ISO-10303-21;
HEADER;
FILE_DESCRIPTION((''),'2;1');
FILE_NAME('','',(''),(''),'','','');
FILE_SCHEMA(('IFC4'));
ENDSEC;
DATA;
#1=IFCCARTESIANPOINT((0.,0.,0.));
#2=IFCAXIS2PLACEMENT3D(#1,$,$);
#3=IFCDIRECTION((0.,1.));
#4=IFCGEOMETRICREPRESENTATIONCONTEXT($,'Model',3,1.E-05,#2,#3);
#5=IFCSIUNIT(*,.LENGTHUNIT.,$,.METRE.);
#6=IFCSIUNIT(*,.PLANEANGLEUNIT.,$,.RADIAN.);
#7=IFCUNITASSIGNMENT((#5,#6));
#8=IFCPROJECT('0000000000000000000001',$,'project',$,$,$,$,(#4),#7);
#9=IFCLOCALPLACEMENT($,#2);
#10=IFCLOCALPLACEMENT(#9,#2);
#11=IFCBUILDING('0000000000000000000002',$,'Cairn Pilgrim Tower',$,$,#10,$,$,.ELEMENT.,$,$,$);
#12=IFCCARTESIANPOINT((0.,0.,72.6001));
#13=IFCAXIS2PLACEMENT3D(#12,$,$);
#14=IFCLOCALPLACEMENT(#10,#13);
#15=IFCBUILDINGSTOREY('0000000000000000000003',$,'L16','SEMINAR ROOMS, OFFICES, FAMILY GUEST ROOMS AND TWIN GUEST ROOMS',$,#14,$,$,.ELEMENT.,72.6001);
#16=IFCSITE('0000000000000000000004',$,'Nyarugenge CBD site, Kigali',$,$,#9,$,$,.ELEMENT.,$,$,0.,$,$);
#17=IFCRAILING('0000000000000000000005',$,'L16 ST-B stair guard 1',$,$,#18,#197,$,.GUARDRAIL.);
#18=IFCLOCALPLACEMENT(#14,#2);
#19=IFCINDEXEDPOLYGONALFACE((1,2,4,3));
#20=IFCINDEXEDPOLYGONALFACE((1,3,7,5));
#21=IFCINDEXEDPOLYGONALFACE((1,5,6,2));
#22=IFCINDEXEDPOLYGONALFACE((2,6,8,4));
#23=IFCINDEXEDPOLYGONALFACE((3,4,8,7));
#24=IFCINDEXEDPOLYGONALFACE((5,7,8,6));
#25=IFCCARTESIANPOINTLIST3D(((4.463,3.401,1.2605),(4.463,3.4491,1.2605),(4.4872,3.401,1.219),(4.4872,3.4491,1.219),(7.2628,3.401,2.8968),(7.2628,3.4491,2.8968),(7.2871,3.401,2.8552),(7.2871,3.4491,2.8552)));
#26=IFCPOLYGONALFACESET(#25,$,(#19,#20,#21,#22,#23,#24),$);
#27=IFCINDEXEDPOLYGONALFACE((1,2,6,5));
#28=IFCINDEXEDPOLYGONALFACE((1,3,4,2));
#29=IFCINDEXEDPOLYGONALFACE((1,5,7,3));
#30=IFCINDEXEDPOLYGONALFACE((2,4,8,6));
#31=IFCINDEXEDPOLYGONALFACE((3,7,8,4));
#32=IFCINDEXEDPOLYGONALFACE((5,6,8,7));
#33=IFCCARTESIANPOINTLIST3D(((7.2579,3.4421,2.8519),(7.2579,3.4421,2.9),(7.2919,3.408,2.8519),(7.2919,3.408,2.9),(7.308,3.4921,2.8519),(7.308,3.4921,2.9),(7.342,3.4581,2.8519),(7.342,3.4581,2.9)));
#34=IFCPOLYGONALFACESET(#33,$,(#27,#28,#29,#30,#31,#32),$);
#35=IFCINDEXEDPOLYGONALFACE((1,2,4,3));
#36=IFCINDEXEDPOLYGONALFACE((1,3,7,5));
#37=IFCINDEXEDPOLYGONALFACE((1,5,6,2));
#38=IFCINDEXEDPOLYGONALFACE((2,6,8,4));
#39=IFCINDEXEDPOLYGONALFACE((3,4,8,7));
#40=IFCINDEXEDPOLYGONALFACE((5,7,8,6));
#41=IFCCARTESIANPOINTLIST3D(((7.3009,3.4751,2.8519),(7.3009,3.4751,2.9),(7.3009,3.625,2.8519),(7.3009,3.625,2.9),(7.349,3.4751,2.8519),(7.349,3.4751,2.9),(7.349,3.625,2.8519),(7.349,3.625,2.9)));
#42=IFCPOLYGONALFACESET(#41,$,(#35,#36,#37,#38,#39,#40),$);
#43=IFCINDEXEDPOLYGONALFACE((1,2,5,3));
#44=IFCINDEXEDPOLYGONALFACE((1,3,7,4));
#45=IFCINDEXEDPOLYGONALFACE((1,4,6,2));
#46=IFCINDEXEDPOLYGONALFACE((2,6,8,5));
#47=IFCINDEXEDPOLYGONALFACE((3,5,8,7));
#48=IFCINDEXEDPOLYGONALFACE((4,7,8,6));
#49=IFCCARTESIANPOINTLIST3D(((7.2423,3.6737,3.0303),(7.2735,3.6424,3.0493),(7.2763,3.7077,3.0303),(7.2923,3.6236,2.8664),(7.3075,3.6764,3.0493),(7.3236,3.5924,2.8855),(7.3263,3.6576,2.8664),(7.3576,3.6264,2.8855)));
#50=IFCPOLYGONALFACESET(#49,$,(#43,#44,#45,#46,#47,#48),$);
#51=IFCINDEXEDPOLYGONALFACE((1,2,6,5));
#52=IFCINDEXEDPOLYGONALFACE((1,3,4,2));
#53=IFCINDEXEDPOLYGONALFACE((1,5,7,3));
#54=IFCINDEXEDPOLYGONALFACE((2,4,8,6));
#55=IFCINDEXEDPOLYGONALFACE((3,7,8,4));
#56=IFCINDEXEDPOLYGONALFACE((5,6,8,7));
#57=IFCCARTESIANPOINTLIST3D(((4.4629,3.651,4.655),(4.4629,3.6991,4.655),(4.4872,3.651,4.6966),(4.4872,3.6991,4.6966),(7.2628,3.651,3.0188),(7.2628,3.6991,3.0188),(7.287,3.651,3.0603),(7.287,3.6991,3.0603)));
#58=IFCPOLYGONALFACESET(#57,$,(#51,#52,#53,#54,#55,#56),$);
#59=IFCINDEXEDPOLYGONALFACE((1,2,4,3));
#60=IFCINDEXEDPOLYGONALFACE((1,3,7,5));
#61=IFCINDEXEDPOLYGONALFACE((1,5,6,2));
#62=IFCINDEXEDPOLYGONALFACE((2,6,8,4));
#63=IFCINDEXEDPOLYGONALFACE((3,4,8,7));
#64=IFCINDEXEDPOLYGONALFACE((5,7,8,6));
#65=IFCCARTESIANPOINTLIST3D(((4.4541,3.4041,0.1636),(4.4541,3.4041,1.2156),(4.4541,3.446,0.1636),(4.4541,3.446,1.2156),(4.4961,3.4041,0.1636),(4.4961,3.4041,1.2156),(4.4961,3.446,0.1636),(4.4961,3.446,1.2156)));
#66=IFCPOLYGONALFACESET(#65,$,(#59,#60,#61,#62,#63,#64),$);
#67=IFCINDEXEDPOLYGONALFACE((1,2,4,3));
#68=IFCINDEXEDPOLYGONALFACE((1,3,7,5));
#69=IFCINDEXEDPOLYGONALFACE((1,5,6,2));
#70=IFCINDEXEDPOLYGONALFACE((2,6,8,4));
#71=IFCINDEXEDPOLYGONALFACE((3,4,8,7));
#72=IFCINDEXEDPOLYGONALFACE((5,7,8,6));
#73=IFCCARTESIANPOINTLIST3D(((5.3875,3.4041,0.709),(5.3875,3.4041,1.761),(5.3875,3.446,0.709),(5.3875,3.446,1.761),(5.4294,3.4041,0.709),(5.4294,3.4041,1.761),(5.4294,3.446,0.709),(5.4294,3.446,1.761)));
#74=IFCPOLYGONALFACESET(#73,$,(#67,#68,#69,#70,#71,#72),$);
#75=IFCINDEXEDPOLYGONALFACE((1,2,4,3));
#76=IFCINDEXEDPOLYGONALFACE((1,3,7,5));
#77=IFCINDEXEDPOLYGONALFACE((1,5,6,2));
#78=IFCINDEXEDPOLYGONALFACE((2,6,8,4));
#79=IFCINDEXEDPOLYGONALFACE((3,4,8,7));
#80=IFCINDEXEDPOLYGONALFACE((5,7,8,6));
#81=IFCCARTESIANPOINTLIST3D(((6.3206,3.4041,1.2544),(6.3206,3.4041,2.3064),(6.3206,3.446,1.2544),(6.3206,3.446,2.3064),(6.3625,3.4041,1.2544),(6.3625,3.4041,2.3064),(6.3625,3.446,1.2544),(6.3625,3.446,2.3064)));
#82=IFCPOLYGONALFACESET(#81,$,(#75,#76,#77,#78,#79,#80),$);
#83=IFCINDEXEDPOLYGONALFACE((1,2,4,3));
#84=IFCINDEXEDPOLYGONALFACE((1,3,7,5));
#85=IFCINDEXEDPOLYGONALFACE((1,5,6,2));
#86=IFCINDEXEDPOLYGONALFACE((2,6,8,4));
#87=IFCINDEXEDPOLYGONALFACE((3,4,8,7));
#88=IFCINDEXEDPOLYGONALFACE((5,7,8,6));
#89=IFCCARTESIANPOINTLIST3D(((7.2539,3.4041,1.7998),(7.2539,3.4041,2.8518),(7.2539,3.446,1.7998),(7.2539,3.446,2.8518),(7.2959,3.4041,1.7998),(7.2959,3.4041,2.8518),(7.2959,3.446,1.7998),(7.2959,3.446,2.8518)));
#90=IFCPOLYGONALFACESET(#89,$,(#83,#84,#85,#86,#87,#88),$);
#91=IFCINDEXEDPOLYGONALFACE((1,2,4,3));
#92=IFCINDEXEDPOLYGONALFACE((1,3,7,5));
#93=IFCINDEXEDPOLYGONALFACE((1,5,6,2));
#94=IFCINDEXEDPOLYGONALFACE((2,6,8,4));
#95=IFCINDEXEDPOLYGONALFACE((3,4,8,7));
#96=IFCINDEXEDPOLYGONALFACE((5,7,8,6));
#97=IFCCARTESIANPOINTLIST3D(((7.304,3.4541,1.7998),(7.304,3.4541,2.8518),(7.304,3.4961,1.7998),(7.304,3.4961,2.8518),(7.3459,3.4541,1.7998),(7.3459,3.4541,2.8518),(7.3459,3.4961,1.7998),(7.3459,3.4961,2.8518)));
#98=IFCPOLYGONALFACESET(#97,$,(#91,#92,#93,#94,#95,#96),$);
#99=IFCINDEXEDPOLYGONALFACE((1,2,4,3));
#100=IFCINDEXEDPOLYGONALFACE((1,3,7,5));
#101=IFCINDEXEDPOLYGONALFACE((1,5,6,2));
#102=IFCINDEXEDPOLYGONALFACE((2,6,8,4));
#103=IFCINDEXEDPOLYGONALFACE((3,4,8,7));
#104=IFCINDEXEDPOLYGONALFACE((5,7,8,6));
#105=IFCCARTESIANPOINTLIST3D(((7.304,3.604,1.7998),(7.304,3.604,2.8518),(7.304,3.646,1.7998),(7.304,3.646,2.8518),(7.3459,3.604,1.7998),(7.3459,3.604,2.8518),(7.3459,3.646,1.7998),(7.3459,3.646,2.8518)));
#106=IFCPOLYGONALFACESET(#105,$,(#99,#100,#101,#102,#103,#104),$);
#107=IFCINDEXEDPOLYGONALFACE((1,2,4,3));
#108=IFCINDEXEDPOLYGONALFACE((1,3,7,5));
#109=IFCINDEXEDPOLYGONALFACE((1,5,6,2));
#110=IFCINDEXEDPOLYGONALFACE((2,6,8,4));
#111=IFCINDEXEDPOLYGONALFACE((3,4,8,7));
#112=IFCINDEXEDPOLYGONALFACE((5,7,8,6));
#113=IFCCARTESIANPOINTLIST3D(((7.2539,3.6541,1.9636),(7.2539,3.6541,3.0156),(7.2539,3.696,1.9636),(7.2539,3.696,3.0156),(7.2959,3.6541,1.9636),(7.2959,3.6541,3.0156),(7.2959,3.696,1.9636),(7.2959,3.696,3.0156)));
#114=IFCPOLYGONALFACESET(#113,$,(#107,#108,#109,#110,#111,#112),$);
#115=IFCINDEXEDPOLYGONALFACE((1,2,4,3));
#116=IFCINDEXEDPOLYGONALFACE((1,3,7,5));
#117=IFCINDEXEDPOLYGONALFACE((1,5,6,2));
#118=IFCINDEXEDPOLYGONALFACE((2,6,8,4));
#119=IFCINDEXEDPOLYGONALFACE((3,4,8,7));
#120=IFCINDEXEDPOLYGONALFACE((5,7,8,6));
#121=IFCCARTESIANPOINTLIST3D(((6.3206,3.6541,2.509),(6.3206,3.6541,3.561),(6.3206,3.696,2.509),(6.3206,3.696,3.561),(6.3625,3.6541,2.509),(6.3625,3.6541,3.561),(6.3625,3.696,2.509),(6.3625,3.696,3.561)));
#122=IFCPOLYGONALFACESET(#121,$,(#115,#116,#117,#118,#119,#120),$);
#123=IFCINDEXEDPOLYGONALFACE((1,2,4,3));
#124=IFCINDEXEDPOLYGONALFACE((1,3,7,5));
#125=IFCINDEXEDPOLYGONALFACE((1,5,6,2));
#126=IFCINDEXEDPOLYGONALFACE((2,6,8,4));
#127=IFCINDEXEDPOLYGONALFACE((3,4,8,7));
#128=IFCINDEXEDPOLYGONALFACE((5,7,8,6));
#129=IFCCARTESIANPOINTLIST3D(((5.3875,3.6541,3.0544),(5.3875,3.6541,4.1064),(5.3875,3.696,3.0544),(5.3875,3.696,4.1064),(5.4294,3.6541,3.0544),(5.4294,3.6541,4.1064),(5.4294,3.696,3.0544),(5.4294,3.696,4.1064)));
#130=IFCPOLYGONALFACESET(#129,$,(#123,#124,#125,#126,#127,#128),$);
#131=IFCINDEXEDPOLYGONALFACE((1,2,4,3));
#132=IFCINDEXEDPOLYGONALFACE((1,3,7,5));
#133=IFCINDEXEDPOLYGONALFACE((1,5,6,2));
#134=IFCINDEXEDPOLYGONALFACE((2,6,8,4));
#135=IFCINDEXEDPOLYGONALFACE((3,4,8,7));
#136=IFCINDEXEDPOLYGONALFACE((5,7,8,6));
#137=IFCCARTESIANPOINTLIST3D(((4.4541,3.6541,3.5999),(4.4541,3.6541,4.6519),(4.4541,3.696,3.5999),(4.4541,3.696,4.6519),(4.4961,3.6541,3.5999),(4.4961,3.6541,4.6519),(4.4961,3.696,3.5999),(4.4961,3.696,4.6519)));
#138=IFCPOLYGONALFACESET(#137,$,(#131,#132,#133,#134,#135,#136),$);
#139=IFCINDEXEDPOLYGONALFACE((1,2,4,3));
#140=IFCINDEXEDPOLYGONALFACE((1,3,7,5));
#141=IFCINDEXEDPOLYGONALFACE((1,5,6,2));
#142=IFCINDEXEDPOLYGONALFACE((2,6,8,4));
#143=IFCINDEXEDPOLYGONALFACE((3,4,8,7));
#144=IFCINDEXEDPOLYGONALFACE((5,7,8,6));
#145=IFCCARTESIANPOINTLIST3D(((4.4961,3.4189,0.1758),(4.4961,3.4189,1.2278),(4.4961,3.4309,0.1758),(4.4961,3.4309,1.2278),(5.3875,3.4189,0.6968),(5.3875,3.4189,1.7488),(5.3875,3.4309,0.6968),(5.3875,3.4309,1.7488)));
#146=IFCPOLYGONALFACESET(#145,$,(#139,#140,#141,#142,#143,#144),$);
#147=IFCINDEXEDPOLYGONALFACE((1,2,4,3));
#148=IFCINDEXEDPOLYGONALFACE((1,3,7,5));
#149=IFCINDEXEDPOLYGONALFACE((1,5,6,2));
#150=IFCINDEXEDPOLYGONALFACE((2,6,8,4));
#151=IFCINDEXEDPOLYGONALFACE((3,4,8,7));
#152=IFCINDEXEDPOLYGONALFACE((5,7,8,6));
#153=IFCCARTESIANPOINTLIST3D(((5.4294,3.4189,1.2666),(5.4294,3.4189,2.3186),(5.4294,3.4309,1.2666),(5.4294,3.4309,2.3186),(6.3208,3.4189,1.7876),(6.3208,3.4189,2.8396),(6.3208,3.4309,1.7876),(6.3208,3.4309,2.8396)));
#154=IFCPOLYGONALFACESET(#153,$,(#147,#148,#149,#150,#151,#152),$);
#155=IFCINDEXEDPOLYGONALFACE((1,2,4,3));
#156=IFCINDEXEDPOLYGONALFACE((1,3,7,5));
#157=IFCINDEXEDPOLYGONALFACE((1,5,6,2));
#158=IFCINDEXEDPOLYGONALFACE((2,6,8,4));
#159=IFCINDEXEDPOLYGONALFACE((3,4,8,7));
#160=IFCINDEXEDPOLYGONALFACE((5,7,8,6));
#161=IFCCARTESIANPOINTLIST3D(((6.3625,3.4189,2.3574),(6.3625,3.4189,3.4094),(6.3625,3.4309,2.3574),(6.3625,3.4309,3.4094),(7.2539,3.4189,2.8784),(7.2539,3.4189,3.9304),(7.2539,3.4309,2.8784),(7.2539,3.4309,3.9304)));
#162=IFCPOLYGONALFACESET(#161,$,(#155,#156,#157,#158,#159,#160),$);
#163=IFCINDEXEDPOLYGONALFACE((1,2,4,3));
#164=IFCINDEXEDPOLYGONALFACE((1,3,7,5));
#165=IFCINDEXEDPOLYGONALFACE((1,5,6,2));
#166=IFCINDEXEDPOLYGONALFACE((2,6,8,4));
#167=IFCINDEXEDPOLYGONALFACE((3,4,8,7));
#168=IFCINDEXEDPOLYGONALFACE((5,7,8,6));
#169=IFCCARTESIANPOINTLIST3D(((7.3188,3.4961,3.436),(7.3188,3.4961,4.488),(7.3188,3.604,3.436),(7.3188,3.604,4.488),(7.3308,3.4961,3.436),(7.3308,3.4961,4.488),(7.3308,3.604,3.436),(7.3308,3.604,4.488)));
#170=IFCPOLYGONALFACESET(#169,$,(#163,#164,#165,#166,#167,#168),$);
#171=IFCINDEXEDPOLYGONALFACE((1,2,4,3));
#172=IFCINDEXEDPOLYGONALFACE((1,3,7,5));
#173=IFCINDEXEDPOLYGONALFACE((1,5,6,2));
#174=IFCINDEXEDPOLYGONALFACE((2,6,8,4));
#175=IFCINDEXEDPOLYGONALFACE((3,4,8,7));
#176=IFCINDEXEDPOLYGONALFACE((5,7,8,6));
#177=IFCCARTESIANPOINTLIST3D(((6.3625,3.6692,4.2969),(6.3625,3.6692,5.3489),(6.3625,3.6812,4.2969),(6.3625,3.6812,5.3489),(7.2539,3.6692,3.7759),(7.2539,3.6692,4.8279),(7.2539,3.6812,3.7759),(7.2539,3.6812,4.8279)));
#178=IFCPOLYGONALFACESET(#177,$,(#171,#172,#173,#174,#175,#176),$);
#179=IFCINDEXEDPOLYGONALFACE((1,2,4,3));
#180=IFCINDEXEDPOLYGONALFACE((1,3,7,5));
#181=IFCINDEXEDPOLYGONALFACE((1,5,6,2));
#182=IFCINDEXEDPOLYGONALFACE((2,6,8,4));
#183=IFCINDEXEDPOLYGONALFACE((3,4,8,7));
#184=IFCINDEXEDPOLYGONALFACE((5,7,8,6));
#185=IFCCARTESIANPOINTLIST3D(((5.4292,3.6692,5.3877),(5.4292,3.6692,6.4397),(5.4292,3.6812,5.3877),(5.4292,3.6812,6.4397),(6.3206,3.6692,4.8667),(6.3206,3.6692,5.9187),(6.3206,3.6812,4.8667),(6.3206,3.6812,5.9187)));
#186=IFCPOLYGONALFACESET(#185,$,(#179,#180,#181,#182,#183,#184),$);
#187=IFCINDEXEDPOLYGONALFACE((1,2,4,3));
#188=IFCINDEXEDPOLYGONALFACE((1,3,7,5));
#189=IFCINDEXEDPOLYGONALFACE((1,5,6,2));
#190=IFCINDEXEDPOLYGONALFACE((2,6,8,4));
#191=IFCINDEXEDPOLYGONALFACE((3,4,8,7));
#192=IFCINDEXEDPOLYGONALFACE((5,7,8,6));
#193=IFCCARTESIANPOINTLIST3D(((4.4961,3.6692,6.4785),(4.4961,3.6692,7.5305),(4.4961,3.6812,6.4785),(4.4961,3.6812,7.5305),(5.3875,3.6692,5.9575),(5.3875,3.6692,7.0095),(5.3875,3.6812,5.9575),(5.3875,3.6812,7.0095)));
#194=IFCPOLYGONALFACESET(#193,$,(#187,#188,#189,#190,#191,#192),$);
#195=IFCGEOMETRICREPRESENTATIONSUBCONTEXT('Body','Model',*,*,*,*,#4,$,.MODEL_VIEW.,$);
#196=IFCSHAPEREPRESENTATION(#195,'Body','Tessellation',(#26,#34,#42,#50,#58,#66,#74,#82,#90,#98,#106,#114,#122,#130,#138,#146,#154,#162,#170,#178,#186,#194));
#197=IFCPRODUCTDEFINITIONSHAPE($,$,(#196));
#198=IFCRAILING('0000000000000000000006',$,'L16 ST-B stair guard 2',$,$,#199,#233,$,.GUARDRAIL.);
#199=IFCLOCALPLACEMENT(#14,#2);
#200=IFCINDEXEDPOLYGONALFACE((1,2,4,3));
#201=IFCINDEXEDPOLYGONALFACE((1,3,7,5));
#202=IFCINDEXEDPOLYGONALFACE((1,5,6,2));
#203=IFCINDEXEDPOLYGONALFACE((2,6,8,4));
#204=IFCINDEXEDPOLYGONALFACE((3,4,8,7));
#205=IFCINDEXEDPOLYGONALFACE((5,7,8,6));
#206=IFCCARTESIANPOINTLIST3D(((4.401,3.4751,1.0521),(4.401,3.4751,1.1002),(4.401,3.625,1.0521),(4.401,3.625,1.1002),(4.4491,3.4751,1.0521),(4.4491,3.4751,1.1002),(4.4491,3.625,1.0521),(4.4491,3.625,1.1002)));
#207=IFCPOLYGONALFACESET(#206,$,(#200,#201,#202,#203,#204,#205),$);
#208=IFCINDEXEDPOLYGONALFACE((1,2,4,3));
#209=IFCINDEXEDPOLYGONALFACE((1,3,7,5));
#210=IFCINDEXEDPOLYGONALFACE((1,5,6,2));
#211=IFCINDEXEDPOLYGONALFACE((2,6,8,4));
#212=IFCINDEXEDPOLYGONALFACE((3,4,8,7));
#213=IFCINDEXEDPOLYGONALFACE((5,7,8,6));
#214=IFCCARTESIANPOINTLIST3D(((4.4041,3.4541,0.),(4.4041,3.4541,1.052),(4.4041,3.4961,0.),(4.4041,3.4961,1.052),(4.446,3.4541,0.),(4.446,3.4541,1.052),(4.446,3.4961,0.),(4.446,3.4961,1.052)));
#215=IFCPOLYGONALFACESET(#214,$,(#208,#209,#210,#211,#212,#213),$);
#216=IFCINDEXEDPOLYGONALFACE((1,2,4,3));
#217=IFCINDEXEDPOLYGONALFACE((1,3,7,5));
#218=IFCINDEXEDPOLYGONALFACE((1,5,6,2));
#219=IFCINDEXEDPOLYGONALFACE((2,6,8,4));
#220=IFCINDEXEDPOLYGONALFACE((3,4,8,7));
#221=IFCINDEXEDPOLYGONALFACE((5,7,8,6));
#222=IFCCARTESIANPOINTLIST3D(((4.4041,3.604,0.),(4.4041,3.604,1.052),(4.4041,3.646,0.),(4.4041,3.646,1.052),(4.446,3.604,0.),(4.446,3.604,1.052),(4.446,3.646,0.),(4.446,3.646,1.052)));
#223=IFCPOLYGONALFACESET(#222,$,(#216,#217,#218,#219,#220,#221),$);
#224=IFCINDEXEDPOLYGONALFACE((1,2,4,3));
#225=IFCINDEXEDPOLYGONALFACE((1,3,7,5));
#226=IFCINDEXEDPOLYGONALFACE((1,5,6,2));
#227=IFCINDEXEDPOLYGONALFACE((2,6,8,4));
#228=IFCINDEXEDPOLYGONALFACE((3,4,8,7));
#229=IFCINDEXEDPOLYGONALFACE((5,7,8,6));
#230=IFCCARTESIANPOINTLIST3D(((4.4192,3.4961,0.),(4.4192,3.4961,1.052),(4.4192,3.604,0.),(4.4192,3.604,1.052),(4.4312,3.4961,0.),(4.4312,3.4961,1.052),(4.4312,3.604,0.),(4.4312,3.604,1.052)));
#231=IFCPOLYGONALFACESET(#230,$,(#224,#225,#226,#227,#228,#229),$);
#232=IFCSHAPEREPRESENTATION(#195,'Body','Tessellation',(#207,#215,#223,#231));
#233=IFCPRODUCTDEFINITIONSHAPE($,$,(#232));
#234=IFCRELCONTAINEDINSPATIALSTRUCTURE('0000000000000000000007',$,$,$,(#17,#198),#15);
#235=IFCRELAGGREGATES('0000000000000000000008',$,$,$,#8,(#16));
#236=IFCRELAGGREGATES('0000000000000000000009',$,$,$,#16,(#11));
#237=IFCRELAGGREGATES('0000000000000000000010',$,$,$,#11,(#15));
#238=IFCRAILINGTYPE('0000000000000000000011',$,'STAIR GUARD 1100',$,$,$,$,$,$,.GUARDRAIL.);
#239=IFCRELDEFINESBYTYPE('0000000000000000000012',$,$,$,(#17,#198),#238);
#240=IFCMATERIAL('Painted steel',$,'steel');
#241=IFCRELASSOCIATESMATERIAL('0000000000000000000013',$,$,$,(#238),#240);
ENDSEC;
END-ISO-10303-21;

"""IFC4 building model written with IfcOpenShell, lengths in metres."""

from ifc_helpers import new_model, si_unit, direction, frame, origin, origin_2d, place, context, subcontext, project, spatial, polyline, rectangle, outline, extrude, material, type_object, element, save


model = new_model("IFC4")

# Units and contexts
model_context = context("Model", 3, precision=1e-05, world=origin(), true_north=direction((0.0, 1.0)))
body_context = subcontext(model_context, "Body", "Model", "MODEL_VIEW")
ifc_project = project(units=[si_unit("LENGTHUNIT", "METRE"), si_unit("PLANEANGLEUNIT", "RADIAN")], contexts=[model_context])

# Site, building, storey
site_placement = place(None, origin())
site = spatial("IfcSite", under=ifc_project, at=site_placement, Name="Nyarugenge CBD site, Kigali", CompositionType="ELEMENT", RefElevation=0.0)
building_placement = place(site_placement, origin())
building = spatial("IfcBuilding", under=site, at=building_placement, Name="Cairn Pilgrim Tower", CompositionType="ELEMENT")
storey_placement = place(building_placement, frame((0.0, 0.0, 72.6001)))
storey = spatial("IfcBuildingStorey", under=building, at=storey_placement, Name="L16", Description="SEMINAR ROOMS, OFFICES, FAMILY GUEST ROOMS AND TWIN GUEST ROOMS", CompositionType="ELEMENT", Elevation=72.6001)

# Shared definitions
ifc_material_1 = material(Name="Painted steel", Category="steel")

# Railings
railing_type_1 = type_object("IfcRailingType", Name="STAIR GUARD 1100", PredefinedType="GUARDRAIL", material=ifc_material_1)
railing_1_placement = place(storey_placement, frame((4.4751, 3.425, 0.1636)))
element("IfcRailing", 1, at=railing_1_placement, inside=storey, type_object=railing_type_1, Name="L16 ST-B stair guard 1", PredefinedType="GUARDRAIL", context=body_context, shape_type="SweptSolid", body=[
    extrude(rectangle(XDim=0.0481, YDim=0.0481, at=origin_2d()), frame((0.0, 0.0, 1.0762), z_axis=(0.863374, 0.0, 0.504564), x_axis=(0.0, 1.0, 0.0)), (0.0, 0.0, 1.0), 3.2429),
    extrude(rectangle(XDim=0.0481, YDim=0.0481, at=origin_2d()), frame((2.7998, 0.0, 2.7124), z_axis=(0.707107, 0.707107, 0.0), x_axis=(-0.707107, 0.707107, 0.0)), (0.0, 0.0, 1.0), 0.0708),
    extrude(rectangle(XDim=0.0481, YDim=0.0481, at=origin_2d()), frame((2.8499, 0.05, 2.7124), z_axis=(0.0, 1.0, 0.0), x_axis=(-1.0, 0.0, 0.0)), (0.0, 0.0, 1.0), 0.1499),
    extrude(rectangle(XDim=0.0481, YDim=0.0481, at=origin_2d()), frame((2.8499, 0.2, 2.7124), z_axis=(-0.280456, 0.280456, 0.917981), x_axis=(-0.707107, -0.707107, 0.0)), (0.0, 0.0, 1.0), 0.1785),
    extrude(rectangle(XDim=0.0481, YDim=0.0481, at=origin_2d()), frame((2.7998, 0.25, 2.876), z_axis=(-0.863374, 0.0, 0.504564), x_axis=(0.0, -1.0, 0.0)), (0.0, 0.0, 1.0), 3.2429),
    extrude(rectangle(XDim=0.042, YDim=0.042, at=origin_2d()), origin(), (0.0, 0.0, 1.0), 1.052),
    extrude(rectangle(XDim=0.042, YDim=0.042, at=origin_2d()), frame((0.9333, 0.0, 0.5454)), (0.0, 0.0, 1.0), 1.052),
    extrude(rectangle(XDim=0.042, YDim=0.042, at=origin_2d()), frame((1.8665, 0.0, 1.0908)), (0.0, 0.0, 1.0), 1.052),
    extrude(rectangle(XDim=0.042, YDim=0.042, at=origin_2d()), frame((2.7998, 0.0, 1.6362)), (0.0, 0.0, 1.0), 1.052),
    extrude(rectangle(XDim=0.042, YDim=0.042, at=origin_2d()), frame((2.8499, 0.05, 1.6362)), (0.0, 0.0, 1.0), 1.052),
    extrude(rectangle(XDim=0.042, YDim=0.042, at=origin_2d()), frame((2.8499, 0.2, 1.6362)), (0.0, 0.0, 1.0), 1.052),
    extrude(rectangle(XDim=0.042, YDim=0.042, at=origin_2d()), frame((2.7998, 0.25, 1.8)), (0.0, 0.0, 1.0), 1.052),
    extrude(rectangle(XDim=0.042, YDim=0.042, at=origin_2d()), frame((1.8665, 0.25, 2.3455)), (0.0, 0.0, 1.0), 1.052),
    extrude(rectangle(XDim=0.042, YDim=0.042, at=origin_2d()), frame((0.9333, 0.25, 2.8909)), (0.0, 0.0, 1.0), 1.052),
    extrude(rectangle(XDim=0.042, YDim=0.042, at=origin_2d()), frame((0.0, 0.25, 3.4363)), (0.0, 0.0, 1.0), 1.052),
    extrude(outline(polyline([(0.021, 0.0122), (0.9124, 0.5332), (0.9124, 1.5852), (0.021, 1.0642), (0.021, 0.0122)])), frame((0.0, 0.0059, 0.0), z_axis=(0.0, -1.0, 0.0), x_axis=(1.0, 0.0, 0.0)), (0.0, 0.0, 1.0), 0.012),
    extrude(outline(polyline([(0.021, 0.5576), (0.9124, 1.0786), (0.9124, 2.1306), (0.021, 1.6096), (0.021, 0.5576)])), frame((0.9333, 0.0059, 0.5454), z_axis=(0.0, -1.0, 0.0), x_axis=(1.0, 0.0, 0.0)), (0.0, 0.0, 1.0), 0.012),
    extrude(outline(polyline([(0.021, 1.103), (0.9124, 1.624), (0.9124, 2.676), (0.021, 2.155), (0.021, 1.103)])), frame((1.8665, 0.0059, 1.0908), z_axis=(0.0, -1.0, 0.0), x_axis=(1.0, 0.0, 0.0)), (0.0, 0.0, 1.0), 0.012),
    extrude(outline(polyline([(0.021, 1.6362), (0.1289, 1.6362), (0.1289, 2.6882), (0.021, 2.6882), (0.021, 1.6362)])), frame((2.8438, 0.05, 1.6362), z_axis=(1.0, 0.0, 0.0), x_axis=(0.0, 1.0, 0.0)), (0.0, 0.0, 1.0), 0.012),
    extrude(outline(polyline([(0.021, 1.8123), (0.9124, 2.3333), (0.9124, 3.3853), (0.021, 2.8643), (0.021, 1.8123)])), frame((2.7998, 0.2441, 1.8), z_axis=(0.0, 1.0, 0.0), x_axis=(-1.0, 0.0, 0.0)), (0.0, 0.0, 1.0), 0.012),
    extrude(outline(polyline([(0.021, 2.3577), (0.9124, 2.8787), (0.9124, 3.9307), (0.021, 3.4097), (0.021, 2.3577)])), frame((1.8665, 0.2441, 2.3455), z_axis=(0.0, 1.0, 0.0), x_axis=(-1.0, 0.0, 0.0)), (0.0, 0.0, 1.0), 0.012),
    extrude(outline(polyline([(0.021, 2.9031), (0.9124, 3.4241), (0.9124, 4.4761), (0.021, 3.9551), (0.021, 2.9031)])), frame((0.9333, 0.2441, 2.8909), z_axis=(0.0, 1.0, 0.0), x_axis=(-1.0, 0.0, 0.0)), (0.0, 0.0, 1.0), 0.012),
])
railing_2_placement = place(storey_placement, frame((4.425, 3.4751, 0.0)))
element("IfcRailing", 2, at=railing_2_placement, inside=storey, type_object=railing_type_1, Name="L16 ST-B stair guard 2", PredefinedType="GUARDRAIL", context=body_context, shape_type="SweptSolid", body=[
    extrude(rectangle(XDim=0.0481, YDim=0.0481, at=origin_2d()), frame((0.0, 0.0, 1.0762), z_axis=(0.0, 1.0, 0.0), x_axis=(-1.0, 0.0, 0.0)), (0.0, 0.0, 1.0), 0.1499),
    extrude(rectangle(XDim=0.042, YDim=0.042, at=origin_2d()), origin(), (0.0, 0.0, 1.0), 1.052),
    extrude(rectangle(XDim=0.042, YDim=0.042, at=origin_2d()), frame((0.0, 0.1499, 0.0)), (0.0, 0.0, 1.0), 1.052),
    extrude(outline(polyline([(0.021, 0.0), (0.1289, 0.0), (0.1289, 1.052), (0.021, 1.052), (0.021, 0.0)])), frame((-0.0059, 0.0, 0.0), z_axis=(1.0, 0.0, 0.0), x_axis=(0.0, 1.0, 0.0)), (0.0, 0.0, 1.0), 0.012),
])

save(model, "model.ifc")
